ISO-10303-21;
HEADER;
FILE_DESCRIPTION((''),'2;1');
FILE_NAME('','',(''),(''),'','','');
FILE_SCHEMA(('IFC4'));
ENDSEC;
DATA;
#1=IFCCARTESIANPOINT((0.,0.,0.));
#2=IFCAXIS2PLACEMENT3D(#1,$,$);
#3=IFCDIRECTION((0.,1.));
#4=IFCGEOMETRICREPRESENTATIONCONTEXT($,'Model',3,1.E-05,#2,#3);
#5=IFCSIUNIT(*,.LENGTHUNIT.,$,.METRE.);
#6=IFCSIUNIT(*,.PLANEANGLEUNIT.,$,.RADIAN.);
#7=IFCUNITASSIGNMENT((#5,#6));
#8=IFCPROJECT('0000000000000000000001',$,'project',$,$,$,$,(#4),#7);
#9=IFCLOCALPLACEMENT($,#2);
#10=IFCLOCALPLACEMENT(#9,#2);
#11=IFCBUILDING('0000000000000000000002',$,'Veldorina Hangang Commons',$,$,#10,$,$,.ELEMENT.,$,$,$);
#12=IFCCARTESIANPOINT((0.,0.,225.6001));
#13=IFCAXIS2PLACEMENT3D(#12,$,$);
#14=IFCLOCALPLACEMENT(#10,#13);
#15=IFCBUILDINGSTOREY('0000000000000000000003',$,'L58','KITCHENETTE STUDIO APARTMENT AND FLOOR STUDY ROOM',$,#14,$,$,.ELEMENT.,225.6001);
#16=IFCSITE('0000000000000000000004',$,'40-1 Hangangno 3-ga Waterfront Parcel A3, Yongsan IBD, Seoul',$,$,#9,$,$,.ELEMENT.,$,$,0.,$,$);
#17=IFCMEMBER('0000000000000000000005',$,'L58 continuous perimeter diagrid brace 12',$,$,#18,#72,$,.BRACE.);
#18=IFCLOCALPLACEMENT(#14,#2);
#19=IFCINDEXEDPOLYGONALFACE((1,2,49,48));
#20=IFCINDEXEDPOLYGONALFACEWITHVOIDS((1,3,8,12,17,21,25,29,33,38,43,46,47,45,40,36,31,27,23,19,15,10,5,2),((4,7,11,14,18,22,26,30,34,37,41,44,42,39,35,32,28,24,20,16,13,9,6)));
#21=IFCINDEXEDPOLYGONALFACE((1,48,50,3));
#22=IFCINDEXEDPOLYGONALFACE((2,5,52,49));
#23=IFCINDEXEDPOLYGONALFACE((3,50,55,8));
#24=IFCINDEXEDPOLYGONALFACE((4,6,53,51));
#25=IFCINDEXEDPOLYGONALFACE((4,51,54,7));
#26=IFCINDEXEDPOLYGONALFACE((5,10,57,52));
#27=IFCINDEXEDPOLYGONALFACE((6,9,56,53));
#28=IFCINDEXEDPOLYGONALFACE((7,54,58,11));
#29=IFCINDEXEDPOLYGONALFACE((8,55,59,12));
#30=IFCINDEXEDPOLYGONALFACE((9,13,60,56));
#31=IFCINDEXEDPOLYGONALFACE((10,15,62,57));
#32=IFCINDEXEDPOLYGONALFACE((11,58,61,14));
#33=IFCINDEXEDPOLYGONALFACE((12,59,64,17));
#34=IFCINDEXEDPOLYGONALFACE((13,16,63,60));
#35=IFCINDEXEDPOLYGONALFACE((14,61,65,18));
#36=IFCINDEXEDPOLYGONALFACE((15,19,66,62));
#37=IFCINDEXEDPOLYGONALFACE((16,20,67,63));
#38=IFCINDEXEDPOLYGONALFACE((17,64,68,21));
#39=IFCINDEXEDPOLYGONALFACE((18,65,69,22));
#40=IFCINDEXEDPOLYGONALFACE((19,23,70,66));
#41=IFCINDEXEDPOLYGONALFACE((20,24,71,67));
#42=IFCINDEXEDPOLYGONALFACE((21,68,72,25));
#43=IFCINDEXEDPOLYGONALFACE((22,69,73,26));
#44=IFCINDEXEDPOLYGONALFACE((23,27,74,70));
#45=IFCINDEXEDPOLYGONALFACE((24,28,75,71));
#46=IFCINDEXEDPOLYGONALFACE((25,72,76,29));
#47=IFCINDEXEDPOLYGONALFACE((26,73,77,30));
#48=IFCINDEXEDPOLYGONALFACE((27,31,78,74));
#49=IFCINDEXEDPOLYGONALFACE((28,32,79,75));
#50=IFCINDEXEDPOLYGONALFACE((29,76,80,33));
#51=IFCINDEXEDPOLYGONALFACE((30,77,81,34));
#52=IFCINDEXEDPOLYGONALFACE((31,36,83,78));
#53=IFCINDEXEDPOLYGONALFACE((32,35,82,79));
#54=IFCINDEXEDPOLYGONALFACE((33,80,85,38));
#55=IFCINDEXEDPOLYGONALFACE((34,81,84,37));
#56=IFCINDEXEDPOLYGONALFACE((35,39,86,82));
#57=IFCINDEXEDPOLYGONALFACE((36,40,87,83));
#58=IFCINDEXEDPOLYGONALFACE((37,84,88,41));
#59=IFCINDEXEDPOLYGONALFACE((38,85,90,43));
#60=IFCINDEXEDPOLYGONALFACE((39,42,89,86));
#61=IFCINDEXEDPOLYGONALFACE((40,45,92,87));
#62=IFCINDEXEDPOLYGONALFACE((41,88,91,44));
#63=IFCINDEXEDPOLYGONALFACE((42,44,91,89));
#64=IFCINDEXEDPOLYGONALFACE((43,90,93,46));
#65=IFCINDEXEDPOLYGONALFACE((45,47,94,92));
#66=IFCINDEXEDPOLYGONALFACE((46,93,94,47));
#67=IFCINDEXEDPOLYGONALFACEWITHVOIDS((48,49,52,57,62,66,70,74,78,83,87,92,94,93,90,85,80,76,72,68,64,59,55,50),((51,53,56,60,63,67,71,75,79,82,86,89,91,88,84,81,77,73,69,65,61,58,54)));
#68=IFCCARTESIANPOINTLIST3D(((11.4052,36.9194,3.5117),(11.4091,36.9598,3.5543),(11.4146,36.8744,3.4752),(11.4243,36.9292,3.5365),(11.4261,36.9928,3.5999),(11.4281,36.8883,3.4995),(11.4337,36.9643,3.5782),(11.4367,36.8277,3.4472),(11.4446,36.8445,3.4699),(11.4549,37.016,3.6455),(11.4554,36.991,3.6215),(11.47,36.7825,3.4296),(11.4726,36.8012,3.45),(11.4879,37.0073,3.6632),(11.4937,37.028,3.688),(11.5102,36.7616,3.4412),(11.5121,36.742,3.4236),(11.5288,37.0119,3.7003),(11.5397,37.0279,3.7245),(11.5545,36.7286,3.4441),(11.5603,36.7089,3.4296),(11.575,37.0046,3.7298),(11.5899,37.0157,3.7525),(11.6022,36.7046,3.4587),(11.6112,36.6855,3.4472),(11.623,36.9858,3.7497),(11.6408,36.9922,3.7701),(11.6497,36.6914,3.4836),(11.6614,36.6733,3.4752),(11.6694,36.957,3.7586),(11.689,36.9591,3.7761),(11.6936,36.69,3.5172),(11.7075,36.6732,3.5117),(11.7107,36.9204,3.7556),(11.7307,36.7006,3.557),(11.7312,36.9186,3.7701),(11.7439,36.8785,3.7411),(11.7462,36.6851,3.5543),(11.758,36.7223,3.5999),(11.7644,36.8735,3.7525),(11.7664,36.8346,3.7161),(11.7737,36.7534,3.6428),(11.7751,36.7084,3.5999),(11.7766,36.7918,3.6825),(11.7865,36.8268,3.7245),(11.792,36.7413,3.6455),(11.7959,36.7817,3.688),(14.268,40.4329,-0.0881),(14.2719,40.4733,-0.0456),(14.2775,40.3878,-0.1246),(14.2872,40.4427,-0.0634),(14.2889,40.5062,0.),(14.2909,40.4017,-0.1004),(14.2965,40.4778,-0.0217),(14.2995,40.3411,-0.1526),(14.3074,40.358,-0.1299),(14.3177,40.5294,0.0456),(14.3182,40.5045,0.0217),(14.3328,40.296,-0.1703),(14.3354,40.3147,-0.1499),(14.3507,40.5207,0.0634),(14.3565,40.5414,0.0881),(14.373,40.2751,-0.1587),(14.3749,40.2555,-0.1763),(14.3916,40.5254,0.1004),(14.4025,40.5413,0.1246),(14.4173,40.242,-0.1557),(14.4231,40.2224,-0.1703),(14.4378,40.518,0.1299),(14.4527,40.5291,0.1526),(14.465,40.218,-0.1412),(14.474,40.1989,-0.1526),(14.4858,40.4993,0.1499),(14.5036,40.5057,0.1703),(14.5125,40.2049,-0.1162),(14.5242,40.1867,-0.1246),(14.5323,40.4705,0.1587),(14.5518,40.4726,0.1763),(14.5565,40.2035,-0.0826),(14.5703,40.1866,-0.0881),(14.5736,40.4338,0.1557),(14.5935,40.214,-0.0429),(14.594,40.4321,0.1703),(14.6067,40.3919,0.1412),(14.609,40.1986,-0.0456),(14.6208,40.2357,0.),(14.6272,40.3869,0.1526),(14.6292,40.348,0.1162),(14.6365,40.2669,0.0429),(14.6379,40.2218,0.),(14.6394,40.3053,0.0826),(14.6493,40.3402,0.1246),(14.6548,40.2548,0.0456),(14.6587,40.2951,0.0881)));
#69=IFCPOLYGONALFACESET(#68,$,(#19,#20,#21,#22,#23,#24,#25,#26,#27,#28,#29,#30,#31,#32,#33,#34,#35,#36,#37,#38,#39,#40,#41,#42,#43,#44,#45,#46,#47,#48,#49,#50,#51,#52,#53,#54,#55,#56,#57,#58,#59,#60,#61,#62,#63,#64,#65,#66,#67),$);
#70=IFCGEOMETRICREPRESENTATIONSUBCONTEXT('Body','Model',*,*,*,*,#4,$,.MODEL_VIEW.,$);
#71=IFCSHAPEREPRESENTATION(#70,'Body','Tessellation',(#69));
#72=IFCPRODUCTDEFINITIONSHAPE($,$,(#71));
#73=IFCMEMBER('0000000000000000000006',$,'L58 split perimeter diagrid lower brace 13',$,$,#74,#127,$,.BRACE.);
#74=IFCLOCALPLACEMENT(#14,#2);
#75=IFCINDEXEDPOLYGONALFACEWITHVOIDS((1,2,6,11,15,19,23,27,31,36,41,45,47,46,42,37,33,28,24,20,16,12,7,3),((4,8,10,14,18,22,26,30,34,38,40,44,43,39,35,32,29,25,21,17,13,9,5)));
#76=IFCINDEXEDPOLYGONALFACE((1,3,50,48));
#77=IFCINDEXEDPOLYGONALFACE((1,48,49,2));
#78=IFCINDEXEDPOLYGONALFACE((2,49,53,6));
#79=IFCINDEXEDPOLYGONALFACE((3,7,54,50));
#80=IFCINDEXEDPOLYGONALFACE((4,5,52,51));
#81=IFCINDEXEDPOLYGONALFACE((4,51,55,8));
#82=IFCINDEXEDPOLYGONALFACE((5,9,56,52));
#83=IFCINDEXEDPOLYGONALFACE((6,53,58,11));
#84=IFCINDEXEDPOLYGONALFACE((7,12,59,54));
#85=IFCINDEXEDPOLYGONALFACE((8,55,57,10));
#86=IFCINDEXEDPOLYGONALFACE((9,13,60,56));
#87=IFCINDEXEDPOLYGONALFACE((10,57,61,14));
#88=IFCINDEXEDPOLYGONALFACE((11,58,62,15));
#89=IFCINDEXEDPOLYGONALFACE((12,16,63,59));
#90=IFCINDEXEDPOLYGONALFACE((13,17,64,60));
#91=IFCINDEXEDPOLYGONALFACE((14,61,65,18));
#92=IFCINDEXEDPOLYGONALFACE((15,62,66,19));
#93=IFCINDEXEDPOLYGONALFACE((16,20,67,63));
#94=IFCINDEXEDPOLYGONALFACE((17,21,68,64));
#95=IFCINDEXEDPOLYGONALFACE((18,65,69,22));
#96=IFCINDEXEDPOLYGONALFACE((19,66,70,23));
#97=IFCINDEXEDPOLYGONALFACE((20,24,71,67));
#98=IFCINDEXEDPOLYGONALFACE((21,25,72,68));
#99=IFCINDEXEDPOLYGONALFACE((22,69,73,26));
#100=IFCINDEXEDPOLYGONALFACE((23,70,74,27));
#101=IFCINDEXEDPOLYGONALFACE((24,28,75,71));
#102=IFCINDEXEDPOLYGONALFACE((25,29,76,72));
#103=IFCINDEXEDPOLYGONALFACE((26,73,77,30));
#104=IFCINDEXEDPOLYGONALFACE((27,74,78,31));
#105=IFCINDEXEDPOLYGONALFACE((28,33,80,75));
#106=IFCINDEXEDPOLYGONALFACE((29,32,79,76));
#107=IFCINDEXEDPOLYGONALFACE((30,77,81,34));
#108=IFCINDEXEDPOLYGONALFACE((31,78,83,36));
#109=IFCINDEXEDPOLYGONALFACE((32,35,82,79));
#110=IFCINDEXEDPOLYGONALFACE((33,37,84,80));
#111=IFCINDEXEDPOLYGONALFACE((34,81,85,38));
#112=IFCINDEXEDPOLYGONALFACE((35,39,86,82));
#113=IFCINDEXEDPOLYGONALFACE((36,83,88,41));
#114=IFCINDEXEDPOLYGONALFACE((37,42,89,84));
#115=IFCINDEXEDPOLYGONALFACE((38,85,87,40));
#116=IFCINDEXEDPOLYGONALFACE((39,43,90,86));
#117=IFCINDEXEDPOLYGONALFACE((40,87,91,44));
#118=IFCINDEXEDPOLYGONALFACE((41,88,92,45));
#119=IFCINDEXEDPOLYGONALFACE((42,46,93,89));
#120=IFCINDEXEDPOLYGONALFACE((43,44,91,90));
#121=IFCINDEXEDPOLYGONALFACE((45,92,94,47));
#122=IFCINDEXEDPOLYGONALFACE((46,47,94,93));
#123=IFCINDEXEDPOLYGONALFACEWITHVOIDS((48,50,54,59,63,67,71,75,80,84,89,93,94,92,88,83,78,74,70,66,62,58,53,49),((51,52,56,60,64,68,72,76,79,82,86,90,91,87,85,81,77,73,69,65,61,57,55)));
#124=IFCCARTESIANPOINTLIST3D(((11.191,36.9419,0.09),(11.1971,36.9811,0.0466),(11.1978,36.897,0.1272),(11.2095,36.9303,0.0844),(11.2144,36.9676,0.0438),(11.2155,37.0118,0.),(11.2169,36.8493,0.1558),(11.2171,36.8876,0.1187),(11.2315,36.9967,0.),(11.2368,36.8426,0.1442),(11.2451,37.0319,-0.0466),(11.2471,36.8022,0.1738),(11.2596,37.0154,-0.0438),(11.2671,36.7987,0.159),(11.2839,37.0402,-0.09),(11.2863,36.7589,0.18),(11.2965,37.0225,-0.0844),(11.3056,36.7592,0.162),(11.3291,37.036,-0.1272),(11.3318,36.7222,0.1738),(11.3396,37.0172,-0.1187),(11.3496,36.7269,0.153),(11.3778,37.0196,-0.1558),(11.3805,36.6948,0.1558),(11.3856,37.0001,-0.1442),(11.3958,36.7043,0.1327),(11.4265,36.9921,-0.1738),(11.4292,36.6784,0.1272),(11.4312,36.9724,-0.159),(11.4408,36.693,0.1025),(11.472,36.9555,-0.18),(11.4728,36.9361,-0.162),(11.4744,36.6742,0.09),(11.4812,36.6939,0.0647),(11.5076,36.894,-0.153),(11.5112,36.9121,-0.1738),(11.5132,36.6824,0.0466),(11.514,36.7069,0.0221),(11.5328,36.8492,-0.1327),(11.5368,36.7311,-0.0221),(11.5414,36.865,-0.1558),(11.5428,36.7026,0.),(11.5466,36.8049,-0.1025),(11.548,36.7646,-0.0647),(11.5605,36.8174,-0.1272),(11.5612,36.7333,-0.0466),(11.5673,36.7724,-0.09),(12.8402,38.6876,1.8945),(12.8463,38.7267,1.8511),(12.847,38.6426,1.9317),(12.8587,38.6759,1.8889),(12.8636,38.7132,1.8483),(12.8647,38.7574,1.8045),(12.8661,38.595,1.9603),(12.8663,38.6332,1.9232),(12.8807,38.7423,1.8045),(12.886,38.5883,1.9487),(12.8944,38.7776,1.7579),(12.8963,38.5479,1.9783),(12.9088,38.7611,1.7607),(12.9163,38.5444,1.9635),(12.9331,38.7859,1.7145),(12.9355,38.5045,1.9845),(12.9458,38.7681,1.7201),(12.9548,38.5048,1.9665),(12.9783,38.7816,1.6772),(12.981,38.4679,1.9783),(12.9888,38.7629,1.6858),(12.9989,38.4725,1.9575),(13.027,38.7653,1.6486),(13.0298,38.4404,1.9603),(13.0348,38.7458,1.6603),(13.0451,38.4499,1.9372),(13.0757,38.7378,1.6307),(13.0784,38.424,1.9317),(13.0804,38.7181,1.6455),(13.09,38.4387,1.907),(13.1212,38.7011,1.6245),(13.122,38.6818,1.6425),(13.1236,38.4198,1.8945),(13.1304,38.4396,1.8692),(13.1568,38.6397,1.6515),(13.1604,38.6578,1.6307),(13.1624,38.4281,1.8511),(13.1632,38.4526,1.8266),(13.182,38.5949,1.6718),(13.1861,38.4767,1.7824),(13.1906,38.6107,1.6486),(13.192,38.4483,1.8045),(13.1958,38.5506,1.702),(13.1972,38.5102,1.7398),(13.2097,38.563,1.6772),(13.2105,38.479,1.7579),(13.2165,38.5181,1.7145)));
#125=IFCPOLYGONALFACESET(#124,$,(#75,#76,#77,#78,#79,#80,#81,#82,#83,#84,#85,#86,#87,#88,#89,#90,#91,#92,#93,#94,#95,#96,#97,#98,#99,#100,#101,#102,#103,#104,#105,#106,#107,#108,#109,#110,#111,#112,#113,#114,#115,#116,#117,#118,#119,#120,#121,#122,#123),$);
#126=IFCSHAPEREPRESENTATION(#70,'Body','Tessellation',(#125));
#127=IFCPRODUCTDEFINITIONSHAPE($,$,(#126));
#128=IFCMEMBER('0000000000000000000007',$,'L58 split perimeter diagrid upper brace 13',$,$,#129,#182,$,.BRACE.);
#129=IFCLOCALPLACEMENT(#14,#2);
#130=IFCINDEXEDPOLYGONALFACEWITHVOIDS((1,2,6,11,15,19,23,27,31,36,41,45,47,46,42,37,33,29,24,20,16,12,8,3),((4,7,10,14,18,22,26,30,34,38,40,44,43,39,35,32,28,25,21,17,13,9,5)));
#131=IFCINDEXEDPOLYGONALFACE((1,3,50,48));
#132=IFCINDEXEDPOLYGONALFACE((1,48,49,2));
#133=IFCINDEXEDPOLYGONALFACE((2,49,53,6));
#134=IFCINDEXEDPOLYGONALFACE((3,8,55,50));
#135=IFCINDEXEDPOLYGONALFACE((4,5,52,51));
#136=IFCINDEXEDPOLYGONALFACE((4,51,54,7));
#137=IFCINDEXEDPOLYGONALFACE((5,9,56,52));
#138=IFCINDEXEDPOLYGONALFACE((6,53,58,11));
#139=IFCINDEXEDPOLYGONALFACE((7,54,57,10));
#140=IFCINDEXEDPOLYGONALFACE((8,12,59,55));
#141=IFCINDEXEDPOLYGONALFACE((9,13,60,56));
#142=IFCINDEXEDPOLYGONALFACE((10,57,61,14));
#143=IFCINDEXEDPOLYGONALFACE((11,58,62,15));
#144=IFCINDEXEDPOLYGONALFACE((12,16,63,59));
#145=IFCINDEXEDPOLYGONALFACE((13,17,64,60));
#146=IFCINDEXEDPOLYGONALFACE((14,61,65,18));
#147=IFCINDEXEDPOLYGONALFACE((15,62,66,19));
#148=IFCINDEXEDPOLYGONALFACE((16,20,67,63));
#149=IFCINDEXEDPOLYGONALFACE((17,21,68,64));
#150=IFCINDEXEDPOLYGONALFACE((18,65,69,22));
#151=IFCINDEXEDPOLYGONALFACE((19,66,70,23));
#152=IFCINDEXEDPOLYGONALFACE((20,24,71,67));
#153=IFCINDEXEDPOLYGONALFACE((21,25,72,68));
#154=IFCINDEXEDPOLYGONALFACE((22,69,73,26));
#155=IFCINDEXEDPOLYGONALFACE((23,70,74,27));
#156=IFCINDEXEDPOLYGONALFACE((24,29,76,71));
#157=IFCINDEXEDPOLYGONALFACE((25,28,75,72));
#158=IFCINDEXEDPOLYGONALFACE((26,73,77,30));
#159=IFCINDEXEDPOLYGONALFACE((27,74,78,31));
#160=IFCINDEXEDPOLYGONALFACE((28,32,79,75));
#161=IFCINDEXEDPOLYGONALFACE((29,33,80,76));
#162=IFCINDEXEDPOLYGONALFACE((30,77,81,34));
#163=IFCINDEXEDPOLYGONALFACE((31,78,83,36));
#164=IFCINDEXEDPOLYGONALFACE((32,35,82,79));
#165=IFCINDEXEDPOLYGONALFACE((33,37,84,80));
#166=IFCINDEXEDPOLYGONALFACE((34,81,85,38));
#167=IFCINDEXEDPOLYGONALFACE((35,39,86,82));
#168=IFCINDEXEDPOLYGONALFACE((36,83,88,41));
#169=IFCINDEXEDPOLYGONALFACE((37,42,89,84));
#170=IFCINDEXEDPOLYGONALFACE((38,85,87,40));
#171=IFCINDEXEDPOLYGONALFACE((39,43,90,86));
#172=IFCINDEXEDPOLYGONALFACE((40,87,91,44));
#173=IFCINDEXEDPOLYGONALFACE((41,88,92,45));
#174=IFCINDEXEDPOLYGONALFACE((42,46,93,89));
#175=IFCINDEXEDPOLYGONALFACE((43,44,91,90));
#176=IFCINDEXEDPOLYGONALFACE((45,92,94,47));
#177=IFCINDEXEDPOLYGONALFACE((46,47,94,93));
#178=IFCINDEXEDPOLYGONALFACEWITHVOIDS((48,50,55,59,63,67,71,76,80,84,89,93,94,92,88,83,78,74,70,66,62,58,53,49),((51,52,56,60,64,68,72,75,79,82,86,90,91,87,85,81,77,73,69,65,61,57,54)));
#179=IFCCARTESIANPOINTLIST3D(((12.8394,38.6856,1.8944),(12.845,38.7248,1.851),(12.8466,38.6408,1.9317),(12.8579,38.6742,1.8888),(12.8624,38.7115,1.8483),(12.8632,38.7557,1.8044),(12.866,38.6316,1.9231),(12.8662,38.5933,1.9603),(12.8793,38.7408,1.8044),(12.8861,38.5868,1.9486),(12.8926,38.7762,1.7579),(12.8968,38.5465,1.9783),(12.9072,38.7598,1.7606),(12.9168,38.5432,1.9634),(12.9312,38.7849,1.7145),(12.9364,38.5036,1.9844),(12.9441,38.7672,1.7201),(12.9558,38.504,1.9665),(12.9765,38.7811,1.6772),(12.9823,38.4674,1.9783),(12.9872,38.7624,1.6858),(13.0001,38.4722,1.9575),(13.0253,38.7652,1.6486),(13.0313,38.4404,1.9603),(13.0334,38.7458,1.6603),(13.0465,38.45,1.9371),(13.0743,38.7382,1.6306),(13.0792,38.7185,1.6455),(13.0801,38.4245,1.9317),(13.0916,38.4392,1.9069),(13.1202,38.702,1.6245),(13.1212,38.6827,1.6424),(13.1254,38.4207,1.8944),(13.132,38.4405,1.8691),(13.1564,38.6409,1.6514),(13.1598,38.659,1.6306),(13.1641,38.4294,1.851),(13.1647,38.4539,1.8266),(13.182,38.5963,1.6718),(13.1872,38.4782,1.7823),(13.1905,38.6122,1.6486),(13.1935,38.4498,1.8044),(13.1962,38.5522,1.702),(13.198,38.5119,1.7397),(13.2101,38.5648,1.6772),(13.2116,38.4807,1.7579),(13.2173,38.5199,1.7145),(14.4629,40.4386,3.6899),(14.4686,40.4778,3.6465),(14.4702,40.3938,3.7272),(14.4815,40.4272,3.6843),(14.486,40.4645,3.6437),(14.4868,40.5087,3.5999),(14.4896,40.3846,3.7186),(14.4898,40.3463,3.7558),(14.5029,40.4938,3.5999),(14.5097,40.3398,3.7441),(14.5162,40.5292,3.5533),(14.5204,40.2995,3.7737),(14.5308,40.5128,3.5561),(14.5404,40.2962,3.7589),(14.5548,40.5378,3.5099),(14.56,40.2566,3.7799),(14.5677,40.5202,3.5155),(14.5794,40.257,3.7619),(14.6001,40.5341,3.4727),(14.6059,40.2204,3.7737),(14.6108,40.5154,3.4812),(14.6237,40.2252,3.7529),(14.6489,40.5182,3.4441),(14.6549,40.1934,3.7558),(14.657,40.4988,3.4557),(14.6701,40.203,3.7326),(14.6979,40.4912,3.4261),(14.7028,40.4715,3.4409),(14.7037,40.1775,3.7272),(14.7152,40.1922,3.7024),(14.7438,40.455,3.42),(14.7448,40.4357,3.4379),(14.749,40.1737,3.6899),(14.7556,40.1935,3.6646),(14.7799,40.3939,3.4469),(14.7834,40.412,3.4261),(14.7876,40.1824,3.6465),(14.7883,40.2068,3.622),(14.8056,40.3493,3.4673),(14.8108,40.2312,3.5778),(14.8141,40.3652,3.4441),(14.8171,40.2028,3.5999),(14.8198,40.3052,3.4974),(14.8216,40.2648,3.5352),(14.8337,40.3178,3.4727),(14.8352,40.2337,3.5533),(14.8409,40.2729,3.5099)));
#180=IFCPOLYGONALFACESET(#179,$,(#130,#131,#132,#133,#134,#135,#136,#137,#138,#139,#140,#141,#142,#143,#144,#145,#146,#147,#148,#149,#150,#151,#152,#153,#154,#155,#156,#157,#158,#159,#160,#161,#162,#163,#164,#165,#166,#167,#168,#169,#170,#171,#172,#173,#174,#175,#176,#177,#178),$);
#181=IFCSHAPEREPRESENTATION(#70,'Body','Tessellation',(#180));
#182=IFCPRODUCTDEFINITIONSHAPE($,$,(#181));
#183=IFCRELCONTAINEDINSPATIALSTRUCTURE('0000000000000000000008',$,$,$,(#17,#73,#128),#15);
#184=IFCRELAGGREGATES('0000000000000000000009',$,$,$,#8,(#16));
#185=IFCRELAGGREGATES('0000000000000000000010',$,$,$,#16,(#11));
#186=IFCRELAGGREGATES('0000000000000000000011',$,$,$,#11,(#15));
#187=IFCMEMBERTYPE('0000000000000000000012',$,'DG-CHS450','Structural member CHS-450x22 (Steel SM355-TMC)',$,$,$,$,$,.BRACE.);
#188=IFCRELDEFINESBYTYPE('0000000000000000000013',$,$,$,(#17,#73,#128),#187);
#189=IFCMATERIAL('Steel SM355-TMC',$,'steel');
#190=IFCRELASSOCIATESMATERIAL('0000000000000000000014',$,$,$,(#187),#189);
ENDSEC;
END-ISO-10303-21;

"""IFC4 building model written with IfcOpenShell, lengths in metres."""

from ifc_helpers import new_model, si_unit, direction, frame, origin, origin_2d, place, context, subcontext, project, spatial, hollow_circle, extrude, material, material_profile, profile_set, type_object, element, save


model = new_model("IFC4")

# Units and contexts
model_context = context("Model", 3, precision=1e-05, world=origin(), true_north=direction((0.0, 1.0)))
body_context = subcontext(model_context, "Body", "Model", "MODEL_VIEW")
ifc_project = project(units=[si_unit("LENGTHUNIT", "METRE"), si_unit("PLANEANGLEUNIT", "RADIAN")], contexts=[model_context])

# Site, building, storey
site_placement = place(None, origin())
site = spatial("IfcSite", under=ifc_project, at=site_placement, Name="40-1 Hangangno 3-ga Waterfront Parcel A3, Yongsan IBD, Seoul", CompositionType="ELEMENT", RefElevation=0.0)
building_placement = place(site_placement, origin())
building = spatial("IfcBuilding", under=site, at=building_placement, Name="Veldorina Hangang Commons", CompositionType="ELEMENT")
storey_placement = place(building_placement, frame((0.0, 0.0, 225.6001)))
storey = spatial("IfcBuildingStorey", under=building, at=storey_placement, Name="L58", Description="KITCHENETTE STUDIO APARTMENT AND FLOOR STUDY ROOM", CompositionType="ELEMENT", Elevation=225.6001)

# Shared definitions
ifc_material_1 = material(Name="Steel SM355-TMC", Category="steel")

# Members
ifc_material_profile_1 = material_profile(ifc_material_1, hollow_circle(Radius=0.2251, WallThickness=0.022, at=origin_2d()), Name="CHS-450x22")
ifc_profile_set_1 = profile_set([ifc_material_profile_1], Name="Steel SM355-TMC")
member_type_1 = type_object("IfcMemberType", Name="DG-CHS450", Description="Structural member CHS-450x22 (Steel SM355-TMC)", PredefinedType="BRACE", material=ifc_profile_set_1)
member_1_placement = place(storey_placement, frame((14.4634, 40.364, 0.0), z_axis=(-0.494625, -0.60704, 0.621972), x_axis=(0.775235, -0.631673, 0.0)))
element("IfcMember", 1, at=member_1_placement, inside=storey, type_object=member_type_1, Name="L58 continuous perimeter diagrid brace 12", PredefinedType="BRACE", context=body_context, shape_type="SweptSolid", body=[
    extrude(hollow_circle(Radius=0.2251, WallThickness=0.022, at=origin_2d()), origin(), (0.0, 0.0, 1.0), 5.7878),
])
member_2_placement = place(storey_placement, frame((11.3792, 36.8572, 0.0), z_axis=(0.549025, 0.581129, 0.600717), x_axis=(-0.7269, 0.686743, 0.0)))
element("IfcMember", 2, at=member_2_placement, inside=storey, type_object=member_type_1, Name="L58 split perimeter diagrid lower brace 13", PredefinedType="BRACE", context=body_context, shape_type="SweptSolid", body=[
    extrude(hollow_circle(Radius=0.2251, WallThickness=0.022, at=origin_2d()), origin(), (0.0, 0.0, 1.0), 3.0039),
])
member_3_placement = place(storey_placement, frame((13.0283, 38.6028, 1.8044), z_axis=(0.543231, 0.586526, 0.60074), x_axis=(-0.733666, 0.67951, 0.0)))
element("IfcMember", 3, at=member_3_placement, inside=storey, type_object=member_type_1, Name="L58 split perimeter diagrid upper brace 13", PredefinedType="BRACE", context=body_context, shape_type="SweptSolid", body=[
    extrude(hollow_circle(Radius=0.2251, WallThickness=0.022, at=origin_2d()), origin(), (0.0, 0.0, 1.0), 2.9888),
])

save(model, "model.ifc")
